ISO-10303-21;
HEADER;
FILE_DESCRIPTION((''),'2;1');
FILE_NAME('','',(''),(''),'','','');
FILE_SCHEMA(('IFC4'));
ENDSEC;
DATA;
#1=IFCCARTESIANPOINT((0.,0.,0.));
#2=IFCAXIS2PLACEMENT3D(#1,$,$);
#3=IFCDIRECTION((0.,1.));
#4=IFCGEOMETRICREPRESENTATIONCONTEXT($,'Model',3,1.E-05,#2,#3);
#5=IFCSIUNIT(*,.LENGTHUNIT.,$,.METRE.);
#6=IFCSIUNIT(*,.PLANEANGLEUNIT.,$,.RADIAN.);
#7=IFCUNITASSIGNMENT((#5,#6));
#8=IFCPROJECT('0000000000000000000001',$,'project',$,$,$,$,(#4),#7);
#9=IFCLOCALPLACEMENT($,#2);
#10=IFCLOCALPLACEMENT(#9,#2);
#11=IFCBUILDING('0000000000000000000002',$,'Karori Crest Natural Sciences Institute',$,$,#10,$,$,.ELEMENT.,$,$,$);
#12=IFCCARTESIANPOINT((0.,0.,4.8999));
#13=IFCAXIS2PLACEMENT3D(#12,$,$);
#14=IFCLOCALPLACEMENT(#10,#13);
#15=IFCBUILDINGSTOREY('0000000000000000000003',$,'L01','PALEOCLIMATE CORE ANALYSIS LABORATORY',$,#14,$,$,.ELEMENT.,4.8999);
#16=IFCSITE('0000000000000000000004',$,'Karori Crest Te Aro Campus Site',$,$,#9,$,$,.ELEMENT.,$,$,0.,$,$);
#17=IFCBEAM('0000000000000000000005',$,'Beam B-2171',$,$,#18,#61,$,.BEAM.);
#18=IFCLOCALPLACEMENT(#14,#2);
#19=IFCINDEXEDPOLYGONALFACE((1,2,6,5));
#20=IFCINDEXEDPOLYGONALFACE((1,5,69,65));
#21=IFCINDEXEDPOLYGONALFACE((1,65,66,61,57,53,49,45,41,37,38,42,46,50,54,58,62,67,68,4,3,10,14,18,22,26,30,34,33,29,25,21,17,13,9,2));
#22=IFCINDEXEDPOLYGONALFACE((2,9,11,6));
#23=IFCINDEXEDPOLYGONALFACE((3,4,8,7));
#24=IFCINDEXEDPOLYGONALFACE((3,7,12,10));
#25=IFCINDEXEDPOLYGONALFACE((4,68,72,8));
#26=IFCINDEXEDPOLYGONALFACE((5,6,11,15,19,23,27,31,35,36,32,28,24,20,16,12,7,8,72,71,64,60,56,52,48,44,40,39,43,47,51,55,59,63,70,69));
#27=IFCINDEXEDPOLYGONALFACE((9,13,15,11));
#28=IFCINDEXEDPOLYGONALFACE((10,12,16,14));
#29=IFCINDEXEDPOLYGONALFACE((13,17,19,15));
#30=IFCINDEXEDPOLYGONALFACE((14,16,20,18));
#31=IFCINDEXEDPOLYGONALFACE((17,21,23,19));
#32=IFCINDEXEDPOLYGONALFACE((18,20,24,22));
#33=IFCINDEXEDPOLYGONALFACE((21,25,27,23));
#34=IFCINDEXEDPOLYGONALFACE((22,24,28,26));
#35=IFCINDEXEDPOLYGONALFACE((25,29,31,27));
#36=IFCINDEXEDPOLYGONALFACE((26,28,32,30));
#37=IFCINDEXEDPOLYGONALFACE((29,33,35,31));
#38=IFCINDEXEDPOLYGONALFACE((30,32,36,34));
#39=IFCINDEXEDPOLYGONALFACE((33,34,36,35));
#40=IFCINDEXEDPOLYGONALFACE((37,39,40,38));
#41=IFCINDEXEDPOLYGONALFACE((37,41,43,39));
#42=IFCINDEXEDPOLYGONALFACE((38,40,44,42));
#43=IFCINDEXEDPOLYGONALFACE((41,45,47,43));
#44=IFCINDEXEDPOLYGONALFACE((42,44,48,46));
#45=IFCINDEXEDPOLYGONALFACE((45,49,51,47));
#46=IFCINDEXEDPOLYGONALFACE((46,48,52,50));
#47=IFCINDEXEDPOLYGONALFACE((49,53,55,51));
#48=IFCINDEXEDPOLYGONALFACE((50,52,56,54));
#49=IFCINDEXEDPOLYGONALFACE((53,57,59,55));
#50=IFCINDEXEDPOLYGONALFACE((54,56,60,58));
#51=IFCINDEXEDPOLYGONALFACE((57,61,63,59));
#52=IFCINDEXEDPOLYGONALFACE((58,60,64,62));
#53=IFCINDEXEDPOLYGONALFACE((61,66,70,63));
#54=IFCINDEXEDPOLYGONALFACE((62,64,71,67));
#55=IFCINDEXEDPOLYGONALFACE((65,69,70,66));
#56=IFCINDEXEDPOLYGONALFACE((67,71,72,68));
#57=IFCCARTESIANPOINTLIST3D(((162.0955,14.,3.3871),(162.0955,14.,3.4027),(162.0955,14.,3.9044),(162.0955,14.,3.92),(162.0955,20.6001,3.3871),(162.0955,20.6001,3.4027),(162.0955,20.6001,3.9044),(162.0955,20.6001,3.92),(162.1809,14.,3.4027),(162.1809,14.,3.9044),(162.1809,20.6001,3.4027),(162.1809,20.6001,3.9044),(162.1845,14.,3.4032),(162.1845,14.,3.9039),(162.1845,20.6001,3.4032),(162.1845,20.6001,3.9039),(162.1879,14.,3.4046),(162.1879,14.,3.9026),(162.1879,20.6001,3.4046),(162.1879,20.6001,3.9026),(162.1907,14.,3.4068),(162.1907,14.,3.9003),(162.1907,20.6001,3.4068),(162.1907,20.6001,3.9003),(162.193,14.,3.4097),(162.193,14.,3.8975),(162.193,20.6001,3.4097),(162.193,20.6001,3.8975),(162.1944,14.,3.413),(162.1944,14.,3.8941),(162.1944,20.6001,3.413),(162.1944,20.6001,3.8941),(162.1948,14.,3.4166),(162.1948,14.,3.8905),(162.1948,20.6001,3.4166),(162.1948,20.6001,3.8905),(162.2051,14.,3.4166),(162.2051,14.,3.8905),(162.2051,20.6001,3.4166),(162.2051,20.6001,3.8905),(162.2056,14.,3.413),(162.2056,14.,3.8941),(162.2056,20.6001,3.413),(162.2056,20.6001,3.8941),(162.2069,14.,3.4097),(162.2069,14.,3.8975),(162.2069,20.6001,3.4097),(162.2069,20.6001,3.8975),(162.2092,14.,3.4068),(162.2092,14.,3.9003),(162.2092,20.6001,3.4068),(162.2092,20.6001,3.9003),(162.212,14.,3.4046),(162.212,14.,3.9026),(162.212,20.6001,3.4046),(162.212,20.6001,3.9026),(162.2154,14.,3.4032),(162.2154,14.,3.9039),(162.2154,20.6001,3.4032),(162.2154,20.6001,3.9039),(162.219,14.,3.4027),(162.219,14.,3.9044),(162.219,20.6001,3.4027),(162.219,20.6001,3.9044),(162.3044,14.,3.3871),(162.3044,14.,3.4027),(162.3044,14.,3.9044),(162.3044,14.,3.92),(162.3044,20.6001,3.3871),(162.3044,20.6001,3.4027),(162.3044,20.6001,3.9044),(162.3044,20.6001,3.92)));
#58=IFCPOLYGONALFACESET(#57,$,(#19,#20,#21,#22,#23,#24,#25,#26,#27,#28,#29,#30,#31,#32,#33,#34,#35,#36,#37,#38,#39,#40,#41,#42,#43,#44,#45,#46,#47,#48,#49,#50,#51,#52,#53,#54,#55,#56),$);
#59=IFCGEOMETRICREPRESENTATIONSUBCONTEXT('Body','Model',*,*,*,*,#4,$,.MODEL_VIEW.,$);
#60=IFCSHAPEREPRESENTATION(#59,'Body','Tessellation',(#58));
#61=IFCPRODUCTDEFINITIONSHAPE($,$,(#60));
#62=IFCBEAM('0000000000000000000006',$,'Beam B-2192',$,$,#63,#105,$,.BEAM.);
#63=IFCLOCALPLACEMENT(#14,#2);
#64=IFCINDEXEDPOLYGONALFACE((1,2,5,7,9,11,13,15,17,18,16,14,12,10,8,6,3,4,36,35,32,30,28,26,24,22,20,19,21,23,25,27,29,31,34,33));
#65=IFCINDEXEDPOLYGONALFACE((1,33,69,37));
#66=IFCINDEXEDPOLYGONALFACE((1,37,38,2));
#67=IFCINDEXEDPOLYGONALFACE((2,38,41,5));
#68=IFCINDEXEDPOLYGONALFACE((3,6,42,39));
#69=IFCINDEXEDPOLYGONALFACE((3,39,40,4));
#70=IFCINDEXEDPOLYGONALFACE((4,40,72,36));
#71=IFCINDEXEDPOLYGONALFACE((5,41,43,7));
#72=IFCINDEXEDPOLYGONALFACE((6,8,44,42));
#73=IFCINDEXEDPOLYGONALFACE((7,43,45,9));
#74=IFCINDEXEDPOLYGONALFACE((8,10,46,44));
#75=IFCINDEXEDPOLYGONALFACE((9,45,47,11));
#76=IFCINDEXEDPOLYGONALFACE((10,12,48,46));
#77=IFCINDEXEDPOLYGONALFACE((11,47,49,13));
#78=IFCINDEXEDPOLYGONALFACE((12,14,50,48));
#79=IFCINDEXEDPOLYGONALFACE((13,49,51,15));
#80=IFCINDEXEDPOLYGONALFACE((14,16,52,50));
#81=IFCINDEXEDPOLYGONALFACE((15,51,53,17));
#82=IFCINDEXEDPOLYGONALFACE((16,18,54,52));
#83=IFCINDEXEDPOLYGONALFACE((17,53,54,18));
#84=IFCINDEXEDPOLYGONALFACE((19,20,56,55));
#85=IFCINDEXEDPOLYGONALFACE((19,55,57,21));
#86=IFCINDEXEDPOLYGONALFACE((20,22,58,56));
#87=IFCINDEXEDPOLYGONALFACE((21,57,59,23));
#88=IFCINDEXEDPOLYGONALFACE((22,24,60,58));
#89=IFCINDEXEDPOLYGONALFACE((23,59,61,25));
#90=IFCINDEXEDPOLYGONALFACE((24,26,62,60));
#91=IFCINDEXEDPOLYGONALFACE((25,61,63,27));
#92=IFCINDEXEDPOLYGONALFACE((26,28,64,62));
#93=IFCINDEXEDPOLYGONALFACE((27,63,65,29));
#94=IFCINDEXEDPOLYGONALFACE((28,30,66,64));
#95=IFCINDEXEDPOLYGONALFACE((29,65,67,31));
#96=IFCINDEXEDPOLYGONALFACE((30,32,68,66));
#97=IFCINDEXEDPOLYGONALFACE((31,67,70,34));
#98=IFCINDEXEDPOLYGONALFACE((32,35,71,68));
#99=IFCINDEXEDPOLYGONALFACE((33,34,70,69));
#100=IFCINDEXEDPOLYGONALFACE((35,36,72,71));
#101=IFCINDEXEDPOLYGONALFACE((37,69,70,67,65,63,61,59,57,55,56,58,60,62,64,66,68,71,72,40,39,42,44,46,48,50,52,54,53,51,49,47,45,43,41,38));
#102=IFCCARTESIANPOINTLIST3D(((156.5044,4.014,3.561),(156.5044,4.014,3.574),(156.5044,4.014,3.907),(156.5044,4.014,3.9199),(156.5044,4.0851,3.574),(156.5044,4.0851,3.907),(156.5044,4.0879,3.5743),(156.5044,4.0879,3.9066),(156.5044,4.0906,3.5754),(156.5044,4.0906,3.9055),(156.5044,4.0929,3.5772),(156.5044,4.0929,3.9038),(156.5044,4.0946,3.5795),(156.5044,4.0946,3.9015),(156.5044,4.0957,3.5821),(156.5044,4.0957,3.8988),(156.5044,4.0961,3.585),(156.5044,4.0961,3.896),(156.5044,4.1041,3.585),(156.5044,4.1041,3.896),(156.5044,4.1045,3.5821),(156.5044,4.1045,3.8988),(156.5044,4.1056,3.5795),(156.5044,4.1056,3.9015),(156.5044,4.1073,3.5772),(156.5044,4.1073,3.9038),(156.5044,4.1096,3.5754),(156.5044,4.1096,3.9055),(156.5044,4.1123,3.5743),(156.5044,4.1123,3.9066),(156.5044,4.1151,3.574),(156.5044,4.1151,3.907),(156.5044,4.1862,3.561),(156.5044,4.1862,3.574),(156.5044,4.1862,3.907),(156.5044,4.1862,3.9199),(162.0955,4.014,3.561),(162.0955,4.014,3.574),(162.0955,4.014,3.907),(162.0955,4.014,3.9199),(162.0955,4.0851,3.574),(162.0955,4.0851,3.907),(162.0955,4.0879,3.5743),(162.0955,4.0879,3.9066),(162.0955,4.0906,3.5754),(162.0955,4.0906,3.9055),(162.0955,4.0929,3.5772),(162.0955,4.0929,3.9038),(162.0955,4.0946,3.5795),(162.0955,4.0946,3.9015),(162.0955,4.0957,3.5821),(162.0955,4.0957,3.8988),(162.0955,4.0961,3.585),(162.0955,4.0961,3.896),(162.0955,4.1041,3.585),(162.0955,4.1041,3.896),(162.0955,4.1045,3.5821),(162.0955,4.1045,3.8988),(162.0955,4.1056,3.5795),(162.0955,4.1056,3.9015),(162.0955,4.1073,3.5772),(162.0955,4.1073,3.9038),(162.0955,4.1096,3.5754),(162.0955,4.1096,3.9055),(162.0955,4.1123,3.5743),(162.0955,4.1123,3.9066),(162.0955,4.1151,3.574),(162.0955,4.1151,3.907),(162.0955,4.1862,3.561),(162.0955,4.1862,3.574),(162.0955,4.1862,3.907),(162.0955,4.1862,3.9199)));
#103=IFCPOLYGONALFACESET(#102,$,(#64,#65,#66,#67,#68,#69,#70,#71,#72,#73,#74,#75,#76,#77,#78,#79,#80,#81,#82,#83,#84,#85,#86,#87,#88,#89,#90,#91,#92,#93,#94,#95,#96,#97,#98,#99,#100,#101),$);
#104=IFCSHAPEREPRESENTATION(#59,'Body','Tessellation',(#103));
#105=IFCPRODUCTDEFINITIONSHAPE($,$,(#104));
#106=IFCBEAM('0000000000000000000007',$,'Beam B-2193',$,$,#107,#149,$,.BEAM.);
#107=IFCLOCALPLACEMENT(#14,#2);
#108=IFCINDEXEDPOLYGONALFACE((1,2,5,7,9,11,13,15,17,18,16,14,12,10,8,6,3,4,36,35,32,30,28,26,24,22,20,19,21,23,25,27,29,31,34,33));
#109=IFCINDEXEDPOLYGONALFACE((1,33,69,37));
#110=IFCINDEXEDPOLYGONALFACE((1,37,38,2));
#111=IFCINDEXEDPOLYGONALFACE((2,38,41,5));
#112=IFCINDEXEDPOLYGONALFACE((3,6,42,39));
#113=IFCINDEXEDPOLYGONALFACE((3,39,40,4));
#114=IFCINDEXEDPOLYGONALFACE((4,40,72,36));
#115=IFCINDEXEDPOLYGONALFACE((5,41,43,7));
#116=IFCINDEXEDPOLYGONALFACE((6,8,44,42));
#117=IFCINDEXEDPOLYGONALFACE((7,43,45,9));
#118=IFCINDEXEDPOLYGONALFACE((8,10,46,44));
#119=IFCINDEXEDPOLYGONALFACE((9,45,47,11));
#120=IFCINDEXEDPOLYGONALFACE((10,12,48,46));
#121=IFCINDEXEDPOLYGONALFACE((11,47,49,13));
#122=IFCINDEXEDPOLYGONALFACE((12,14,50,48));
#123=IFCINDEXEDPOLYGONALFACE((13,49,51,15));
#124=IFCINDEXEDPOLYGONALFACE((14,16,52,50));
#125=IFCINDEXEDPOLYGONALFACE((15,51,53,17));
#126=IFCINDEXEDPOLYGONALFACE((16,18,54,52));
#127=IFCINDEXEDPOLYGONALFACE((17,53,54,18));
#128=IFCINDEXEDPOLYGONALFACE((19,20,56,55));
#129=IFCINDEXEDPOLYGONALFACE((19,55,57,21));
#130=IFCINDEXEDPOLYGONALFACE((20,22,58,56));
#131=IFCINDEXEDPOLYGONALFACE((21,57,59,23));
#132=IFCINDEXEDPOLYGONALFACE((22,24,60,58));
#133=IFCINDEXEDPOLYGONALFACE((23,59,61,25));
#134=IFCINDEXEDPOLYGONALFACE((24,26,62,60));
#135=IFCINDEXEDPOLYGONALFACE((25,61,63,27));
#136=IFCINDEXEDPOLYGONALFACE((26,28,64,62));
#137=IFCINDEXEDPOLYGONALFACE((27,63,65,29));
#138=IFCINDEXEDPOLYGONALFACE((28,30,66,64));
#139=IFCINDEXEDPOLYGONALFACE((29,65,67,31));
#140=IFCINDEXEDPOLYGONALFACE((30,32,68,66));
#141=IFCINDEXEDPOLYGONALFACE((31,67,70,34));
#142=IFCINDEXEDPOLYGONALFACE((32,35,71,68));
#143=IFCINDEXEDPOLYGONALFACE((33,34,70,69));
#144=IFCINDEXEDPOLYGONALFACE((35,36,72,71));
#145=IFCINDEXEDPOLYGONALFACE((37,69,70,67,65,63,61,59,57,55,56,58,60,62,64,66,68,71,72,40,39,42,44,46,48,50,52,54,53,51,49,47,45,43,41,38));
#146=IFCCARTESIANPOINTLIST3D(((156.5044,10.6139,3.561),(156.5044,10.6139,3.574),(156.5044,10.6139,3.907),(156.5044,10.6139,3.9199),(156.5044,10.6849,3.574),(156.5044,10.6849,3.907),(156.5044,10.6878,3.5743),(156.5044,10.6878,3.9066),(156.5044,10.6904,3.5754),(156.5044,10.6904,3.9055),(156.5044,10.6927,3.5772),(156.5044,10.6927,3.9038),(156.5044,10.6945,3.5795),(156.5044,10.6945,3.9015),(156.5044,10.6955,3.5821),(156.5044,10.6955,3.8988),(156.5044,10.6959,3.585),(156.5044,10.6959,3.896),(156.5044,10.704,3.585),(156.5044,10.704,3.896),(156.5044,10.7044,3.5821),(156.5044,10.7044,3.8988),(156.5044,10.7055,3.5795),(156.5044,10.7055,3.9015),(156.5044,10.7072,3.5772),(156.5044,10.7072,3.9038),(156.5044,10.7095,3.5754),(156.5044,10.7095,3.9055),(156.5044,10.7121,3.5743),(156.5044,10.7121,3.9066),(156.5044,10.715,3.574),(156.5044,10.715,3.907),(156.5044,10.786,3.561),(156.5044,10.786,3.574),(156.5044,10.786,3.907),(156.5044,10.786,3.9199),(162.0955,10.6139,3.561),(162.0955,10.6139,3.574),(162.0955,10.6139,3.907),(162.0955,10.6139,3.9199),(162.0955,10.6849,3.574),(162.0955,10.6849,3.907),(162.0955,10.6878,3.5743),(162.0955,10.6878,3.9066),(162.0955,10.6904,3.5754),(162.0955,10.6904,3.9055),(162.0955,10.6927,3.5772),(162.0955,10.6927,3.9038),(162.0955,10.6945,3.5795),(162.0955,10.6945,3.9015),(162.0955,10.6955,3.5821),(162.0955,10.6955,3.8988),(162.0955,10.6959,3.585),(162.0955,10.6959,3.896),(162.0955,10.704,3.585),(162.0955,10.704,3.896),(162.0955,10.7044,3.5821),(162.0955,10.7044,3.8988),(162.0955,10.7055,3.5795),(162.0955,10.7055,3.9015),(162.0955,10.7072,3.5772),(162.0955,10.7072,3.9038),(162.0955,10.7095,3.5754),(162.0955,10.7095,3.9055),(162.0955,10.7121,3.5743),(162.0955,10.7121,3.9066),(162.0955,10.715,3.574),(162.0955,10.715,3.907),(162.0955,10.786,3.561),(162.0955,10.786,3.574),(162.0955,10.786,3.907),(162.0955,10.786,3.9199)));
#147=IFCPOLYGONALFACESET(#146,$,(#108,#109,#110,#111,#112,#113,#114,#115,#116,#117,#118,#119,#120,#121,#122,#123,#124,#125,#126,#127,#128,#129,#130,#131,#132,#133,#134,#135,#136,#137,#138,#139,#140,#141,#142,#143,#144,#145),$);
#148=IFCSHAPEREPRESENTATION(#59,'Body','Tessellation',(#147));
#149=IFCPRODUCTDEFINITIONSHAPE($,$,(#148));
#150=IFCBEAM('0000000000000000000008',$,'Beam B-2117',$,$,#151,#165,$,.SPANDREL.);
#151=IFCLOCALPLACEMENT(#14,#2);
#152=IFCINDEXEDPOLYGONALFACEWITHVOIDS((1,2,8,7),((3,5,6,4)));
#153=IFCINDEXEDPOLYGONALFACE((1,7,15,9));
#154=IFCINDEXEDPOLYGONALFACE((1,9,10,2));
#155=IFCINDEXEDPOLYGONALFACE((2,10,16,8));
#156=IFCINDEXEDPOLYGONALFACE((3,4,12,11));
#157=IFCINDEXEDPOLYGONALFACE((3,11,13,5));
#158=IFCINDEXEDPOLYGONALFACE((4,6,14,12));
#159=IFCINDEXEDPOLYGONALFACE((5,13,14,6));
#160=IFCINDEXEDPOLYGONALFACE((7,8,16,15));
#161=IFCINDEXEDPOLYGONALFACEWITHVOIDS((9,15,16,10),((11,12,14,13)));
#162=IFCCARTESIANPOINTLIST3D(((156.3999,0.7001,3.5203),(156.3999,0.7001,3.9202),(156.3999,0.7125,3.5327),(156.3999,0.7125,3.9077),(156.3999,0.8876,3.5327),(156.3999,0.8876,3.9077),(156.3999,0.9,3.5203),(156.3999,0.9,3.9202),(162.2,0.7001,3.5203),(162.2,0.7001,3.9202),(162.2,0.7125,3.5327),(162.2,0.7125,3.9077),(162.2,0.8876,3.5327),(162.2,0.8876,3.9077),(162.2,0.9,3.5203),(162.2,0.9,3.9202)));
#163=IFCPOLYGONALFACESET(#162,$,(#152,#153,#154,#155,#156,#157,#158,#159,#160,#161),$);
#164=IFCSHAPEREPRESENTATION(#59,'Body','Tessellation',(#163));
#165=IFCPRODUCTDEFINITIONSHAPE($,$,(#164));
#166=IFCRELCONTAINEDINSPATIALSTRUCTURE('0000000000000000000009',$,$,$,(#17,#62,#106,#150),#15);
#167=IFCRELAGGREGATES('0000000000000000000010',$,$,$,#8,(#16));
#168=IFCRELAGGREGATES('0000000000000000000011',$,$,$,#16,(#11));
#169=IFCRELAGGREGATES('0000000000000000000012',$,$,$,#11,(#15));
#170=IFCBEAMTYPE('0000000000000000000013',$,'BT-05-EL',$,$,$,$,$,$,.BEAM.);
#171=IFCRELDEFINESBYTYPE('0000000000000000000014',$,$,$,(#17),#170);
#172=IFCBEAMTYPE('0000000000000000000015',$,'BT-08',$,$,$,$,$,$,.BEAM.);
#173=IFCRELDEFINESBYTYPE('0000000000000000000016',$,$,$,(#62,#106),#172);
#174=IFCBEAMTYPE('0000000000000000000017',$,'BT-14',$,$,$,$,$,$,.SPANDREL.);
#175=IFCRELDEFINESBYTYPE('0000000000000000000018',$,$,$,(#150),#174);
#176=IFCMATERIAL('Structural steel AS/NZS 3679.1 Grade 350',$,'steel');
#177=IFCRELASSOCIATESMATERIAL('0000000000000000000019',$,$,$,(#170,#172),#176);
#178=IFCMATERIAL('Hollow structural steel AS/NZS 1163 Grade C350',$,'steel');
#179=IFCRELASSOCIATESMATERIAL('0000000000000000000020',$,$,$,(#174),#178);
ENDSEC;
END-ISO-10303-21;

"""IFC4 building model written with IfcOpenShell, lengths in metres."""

from ifc_helpers import new_model, si_unit, direction, frame, origin, origin_2d, place, context, subcontext, project, spatial, hollow_rectangle, i_section, extrude, material, material_profile, profile_set, type_object, element, save


model = new_model("IFC4")

# Units and contexts
model_context = context("Model", 3, precision=1e-05, world=origin(), true_north=direction((0.0, 1.0)))
body_context = subcontext(model_context, "Body", "Model", "MODEL_VIEW")
ifc_project = project(units=[si_unit("LENGTHUNIT", "METRE"), si_unit("PLANEANGLEUNIT", "RADIAN")], contexts=[model_context])

# Site, building, storey
site_placement = place(None, origin())
site = spatial("IfcSite", under=ifc_project, at=site_placement, Name="Karori Crest Te Aro Campus Site", CompositionType="ELEMENT", RefElevation=0.0)
building_placement = place(site_placement, origin())
building = spatial("IfcBuilding", under=site, at=building_placement, Name="Karori Crest Natural Sciences Institute", CompositionType="ELEMENT")
storey_placement = place(building_placement, frame((0.0, 0.0, 4.8999)))
storey = spatial("IfcBuildingStorey", under=building, at=storey_placement, Name="L01", Description="PALEOCLIMATE CORE ANALYSIS LABORATORY", CompositionType="ELEMENT", Elevation=4.8999)

# Shared definitions
ifc_material_1 = material(Name="Structural steel AS/NZS 3679.1 Grade 350", Category="steel")

# Beams
ifc_material_profile_1 = material_profile(ifc_material_1, i_section(OverallWidth=0.209, OverallDepth=0.533, WebThickness=0.0103, FlangeThickness=0.0156, FilletRadius=0.0139, at=origin_2d()), Name="530UB92.4")
ifc_profile_set_1 = profile_set([ifc_material_profile_1], Name="Structural steel AS/NZS 3679.1 Grade 350")
beam_type_1 = type_object("IfcBeamType", Name="BT-05-EL", PredefinedType="BEAM", material=ifc_profile_set_1)
for number, where, z_axis, x_axis, name in (
    (1, (162.2, 14.0, 3.6536), (0.0, 1.0, 0.0), (-1.0, 0.0, 0.0), "Beam B-2171"),
):
    element("IfcBeam", number, at=place(storey_placement, frame(where, z_axis=z_axis, x_axis=x_axis)), inside=storey, type_object=beam_type_1, Name=name, PredefinedType="BEAM", context=body_context, shape_type="SweptSolid", body=[
        extrude(i_section(OverallWidth=0.209, OverallDepth=0.533, WebThickness=0.0103, FlangeThickness=0.0156, FilletRadius=0.0139, at=origin_2d()), origin(), (0.0, 0.0, 1.0), 6.6001),
    ])
ifc_material_profile_2 = material_profile(ifc_material_1, i_section(OverallWidth=0.1721, OverallDepth=0.3589, WebThickness=0.0081, FlangeThickness=0.0129, FilletRadius=0.011, at=origin_2d()), Name="360UB56.7")
ifc_profile_set_2 = profile_set([ifc_material_profile_2], Name="Structural steel AS/NZS 3679.1 Grade 350")
beam_type_2 = type_object("IfcBeamType", Name="BT-08", PredefinedType="BEAM", material=ifc_profile_set_2)
for number, where, z_axis, x_axis, name in (
    (2, (156.5044, 4.1001, 3.7405), (1.0, 0.0, 0.0), (0.0, 1.0, 0.0), "Beam B-2192"),
    (3, (156.5044, 10.7, 3.7405), (1.0, 0.0, 0.0), (0.0, 1.0, 0.0), "Beam B-2193"),
):
    element("IfcBeam", number, at=place(storey_placement, frame(where, z_axis=z_axis, x_axis=x_axis)), inside=storey, type_object=beam_type_2, Name=name, PredefinedType="BEAM", context=body_context, shape_type="SweptSolid", body=[
        extrude(i_section(OverallWidth=0.1721, OverallDepth=0.3589, WebThickness=0.0081, FlangeThickness=0.0129, FilletRadius=0.011, at=origin_2d()), origin(), (0.0, 0.0, 1.0), 5.5911),
    ])
ifc_material_2 = material(Name="Hollow structural steel AS/NZS 1163 Grade C350", Category="steel")
ifc_material_profile_3 = material_profile(ifc_material_2, hollow_rectangle(XDim=0.2, YDim=0.3999, WallThickness=0.0125, at=origin_2d()), Name="RHS400x200x12.5")
ifc_profile_set_3 = profile_set([ifc_material_profile_3], Name="Hollow structural steel AS/NZS 1163 Grade C350")
beam_type_3 = type_object("IfcBeamType", Name="BT-14", PredefinedType="SPANDREL", material=ifc_profile_set_3)
beam_1_placement = place(storey_placement, frame((156.3999, 0.8, 3.7202), z_axis=(1.0, 0.0, 0.0), x_axis=(0.0, 1.0, 0.0)))
element("IfcBeam", 4, at=beam_1_placement, inside=storey, type_object=beam_type_3, Name="Beam B-2117", PredefinedType="SPANDREL", context=body_context, shape_type="SweptSolid", body=[
    extrude(hollow_rectangle(XDim=0.2, YDim=0.3999, WallThickness=0.0125, at=origin_2d()), origin(), (0.0, 0.0, 1.0), 5.8),
])

save(model, "model.ifc")
